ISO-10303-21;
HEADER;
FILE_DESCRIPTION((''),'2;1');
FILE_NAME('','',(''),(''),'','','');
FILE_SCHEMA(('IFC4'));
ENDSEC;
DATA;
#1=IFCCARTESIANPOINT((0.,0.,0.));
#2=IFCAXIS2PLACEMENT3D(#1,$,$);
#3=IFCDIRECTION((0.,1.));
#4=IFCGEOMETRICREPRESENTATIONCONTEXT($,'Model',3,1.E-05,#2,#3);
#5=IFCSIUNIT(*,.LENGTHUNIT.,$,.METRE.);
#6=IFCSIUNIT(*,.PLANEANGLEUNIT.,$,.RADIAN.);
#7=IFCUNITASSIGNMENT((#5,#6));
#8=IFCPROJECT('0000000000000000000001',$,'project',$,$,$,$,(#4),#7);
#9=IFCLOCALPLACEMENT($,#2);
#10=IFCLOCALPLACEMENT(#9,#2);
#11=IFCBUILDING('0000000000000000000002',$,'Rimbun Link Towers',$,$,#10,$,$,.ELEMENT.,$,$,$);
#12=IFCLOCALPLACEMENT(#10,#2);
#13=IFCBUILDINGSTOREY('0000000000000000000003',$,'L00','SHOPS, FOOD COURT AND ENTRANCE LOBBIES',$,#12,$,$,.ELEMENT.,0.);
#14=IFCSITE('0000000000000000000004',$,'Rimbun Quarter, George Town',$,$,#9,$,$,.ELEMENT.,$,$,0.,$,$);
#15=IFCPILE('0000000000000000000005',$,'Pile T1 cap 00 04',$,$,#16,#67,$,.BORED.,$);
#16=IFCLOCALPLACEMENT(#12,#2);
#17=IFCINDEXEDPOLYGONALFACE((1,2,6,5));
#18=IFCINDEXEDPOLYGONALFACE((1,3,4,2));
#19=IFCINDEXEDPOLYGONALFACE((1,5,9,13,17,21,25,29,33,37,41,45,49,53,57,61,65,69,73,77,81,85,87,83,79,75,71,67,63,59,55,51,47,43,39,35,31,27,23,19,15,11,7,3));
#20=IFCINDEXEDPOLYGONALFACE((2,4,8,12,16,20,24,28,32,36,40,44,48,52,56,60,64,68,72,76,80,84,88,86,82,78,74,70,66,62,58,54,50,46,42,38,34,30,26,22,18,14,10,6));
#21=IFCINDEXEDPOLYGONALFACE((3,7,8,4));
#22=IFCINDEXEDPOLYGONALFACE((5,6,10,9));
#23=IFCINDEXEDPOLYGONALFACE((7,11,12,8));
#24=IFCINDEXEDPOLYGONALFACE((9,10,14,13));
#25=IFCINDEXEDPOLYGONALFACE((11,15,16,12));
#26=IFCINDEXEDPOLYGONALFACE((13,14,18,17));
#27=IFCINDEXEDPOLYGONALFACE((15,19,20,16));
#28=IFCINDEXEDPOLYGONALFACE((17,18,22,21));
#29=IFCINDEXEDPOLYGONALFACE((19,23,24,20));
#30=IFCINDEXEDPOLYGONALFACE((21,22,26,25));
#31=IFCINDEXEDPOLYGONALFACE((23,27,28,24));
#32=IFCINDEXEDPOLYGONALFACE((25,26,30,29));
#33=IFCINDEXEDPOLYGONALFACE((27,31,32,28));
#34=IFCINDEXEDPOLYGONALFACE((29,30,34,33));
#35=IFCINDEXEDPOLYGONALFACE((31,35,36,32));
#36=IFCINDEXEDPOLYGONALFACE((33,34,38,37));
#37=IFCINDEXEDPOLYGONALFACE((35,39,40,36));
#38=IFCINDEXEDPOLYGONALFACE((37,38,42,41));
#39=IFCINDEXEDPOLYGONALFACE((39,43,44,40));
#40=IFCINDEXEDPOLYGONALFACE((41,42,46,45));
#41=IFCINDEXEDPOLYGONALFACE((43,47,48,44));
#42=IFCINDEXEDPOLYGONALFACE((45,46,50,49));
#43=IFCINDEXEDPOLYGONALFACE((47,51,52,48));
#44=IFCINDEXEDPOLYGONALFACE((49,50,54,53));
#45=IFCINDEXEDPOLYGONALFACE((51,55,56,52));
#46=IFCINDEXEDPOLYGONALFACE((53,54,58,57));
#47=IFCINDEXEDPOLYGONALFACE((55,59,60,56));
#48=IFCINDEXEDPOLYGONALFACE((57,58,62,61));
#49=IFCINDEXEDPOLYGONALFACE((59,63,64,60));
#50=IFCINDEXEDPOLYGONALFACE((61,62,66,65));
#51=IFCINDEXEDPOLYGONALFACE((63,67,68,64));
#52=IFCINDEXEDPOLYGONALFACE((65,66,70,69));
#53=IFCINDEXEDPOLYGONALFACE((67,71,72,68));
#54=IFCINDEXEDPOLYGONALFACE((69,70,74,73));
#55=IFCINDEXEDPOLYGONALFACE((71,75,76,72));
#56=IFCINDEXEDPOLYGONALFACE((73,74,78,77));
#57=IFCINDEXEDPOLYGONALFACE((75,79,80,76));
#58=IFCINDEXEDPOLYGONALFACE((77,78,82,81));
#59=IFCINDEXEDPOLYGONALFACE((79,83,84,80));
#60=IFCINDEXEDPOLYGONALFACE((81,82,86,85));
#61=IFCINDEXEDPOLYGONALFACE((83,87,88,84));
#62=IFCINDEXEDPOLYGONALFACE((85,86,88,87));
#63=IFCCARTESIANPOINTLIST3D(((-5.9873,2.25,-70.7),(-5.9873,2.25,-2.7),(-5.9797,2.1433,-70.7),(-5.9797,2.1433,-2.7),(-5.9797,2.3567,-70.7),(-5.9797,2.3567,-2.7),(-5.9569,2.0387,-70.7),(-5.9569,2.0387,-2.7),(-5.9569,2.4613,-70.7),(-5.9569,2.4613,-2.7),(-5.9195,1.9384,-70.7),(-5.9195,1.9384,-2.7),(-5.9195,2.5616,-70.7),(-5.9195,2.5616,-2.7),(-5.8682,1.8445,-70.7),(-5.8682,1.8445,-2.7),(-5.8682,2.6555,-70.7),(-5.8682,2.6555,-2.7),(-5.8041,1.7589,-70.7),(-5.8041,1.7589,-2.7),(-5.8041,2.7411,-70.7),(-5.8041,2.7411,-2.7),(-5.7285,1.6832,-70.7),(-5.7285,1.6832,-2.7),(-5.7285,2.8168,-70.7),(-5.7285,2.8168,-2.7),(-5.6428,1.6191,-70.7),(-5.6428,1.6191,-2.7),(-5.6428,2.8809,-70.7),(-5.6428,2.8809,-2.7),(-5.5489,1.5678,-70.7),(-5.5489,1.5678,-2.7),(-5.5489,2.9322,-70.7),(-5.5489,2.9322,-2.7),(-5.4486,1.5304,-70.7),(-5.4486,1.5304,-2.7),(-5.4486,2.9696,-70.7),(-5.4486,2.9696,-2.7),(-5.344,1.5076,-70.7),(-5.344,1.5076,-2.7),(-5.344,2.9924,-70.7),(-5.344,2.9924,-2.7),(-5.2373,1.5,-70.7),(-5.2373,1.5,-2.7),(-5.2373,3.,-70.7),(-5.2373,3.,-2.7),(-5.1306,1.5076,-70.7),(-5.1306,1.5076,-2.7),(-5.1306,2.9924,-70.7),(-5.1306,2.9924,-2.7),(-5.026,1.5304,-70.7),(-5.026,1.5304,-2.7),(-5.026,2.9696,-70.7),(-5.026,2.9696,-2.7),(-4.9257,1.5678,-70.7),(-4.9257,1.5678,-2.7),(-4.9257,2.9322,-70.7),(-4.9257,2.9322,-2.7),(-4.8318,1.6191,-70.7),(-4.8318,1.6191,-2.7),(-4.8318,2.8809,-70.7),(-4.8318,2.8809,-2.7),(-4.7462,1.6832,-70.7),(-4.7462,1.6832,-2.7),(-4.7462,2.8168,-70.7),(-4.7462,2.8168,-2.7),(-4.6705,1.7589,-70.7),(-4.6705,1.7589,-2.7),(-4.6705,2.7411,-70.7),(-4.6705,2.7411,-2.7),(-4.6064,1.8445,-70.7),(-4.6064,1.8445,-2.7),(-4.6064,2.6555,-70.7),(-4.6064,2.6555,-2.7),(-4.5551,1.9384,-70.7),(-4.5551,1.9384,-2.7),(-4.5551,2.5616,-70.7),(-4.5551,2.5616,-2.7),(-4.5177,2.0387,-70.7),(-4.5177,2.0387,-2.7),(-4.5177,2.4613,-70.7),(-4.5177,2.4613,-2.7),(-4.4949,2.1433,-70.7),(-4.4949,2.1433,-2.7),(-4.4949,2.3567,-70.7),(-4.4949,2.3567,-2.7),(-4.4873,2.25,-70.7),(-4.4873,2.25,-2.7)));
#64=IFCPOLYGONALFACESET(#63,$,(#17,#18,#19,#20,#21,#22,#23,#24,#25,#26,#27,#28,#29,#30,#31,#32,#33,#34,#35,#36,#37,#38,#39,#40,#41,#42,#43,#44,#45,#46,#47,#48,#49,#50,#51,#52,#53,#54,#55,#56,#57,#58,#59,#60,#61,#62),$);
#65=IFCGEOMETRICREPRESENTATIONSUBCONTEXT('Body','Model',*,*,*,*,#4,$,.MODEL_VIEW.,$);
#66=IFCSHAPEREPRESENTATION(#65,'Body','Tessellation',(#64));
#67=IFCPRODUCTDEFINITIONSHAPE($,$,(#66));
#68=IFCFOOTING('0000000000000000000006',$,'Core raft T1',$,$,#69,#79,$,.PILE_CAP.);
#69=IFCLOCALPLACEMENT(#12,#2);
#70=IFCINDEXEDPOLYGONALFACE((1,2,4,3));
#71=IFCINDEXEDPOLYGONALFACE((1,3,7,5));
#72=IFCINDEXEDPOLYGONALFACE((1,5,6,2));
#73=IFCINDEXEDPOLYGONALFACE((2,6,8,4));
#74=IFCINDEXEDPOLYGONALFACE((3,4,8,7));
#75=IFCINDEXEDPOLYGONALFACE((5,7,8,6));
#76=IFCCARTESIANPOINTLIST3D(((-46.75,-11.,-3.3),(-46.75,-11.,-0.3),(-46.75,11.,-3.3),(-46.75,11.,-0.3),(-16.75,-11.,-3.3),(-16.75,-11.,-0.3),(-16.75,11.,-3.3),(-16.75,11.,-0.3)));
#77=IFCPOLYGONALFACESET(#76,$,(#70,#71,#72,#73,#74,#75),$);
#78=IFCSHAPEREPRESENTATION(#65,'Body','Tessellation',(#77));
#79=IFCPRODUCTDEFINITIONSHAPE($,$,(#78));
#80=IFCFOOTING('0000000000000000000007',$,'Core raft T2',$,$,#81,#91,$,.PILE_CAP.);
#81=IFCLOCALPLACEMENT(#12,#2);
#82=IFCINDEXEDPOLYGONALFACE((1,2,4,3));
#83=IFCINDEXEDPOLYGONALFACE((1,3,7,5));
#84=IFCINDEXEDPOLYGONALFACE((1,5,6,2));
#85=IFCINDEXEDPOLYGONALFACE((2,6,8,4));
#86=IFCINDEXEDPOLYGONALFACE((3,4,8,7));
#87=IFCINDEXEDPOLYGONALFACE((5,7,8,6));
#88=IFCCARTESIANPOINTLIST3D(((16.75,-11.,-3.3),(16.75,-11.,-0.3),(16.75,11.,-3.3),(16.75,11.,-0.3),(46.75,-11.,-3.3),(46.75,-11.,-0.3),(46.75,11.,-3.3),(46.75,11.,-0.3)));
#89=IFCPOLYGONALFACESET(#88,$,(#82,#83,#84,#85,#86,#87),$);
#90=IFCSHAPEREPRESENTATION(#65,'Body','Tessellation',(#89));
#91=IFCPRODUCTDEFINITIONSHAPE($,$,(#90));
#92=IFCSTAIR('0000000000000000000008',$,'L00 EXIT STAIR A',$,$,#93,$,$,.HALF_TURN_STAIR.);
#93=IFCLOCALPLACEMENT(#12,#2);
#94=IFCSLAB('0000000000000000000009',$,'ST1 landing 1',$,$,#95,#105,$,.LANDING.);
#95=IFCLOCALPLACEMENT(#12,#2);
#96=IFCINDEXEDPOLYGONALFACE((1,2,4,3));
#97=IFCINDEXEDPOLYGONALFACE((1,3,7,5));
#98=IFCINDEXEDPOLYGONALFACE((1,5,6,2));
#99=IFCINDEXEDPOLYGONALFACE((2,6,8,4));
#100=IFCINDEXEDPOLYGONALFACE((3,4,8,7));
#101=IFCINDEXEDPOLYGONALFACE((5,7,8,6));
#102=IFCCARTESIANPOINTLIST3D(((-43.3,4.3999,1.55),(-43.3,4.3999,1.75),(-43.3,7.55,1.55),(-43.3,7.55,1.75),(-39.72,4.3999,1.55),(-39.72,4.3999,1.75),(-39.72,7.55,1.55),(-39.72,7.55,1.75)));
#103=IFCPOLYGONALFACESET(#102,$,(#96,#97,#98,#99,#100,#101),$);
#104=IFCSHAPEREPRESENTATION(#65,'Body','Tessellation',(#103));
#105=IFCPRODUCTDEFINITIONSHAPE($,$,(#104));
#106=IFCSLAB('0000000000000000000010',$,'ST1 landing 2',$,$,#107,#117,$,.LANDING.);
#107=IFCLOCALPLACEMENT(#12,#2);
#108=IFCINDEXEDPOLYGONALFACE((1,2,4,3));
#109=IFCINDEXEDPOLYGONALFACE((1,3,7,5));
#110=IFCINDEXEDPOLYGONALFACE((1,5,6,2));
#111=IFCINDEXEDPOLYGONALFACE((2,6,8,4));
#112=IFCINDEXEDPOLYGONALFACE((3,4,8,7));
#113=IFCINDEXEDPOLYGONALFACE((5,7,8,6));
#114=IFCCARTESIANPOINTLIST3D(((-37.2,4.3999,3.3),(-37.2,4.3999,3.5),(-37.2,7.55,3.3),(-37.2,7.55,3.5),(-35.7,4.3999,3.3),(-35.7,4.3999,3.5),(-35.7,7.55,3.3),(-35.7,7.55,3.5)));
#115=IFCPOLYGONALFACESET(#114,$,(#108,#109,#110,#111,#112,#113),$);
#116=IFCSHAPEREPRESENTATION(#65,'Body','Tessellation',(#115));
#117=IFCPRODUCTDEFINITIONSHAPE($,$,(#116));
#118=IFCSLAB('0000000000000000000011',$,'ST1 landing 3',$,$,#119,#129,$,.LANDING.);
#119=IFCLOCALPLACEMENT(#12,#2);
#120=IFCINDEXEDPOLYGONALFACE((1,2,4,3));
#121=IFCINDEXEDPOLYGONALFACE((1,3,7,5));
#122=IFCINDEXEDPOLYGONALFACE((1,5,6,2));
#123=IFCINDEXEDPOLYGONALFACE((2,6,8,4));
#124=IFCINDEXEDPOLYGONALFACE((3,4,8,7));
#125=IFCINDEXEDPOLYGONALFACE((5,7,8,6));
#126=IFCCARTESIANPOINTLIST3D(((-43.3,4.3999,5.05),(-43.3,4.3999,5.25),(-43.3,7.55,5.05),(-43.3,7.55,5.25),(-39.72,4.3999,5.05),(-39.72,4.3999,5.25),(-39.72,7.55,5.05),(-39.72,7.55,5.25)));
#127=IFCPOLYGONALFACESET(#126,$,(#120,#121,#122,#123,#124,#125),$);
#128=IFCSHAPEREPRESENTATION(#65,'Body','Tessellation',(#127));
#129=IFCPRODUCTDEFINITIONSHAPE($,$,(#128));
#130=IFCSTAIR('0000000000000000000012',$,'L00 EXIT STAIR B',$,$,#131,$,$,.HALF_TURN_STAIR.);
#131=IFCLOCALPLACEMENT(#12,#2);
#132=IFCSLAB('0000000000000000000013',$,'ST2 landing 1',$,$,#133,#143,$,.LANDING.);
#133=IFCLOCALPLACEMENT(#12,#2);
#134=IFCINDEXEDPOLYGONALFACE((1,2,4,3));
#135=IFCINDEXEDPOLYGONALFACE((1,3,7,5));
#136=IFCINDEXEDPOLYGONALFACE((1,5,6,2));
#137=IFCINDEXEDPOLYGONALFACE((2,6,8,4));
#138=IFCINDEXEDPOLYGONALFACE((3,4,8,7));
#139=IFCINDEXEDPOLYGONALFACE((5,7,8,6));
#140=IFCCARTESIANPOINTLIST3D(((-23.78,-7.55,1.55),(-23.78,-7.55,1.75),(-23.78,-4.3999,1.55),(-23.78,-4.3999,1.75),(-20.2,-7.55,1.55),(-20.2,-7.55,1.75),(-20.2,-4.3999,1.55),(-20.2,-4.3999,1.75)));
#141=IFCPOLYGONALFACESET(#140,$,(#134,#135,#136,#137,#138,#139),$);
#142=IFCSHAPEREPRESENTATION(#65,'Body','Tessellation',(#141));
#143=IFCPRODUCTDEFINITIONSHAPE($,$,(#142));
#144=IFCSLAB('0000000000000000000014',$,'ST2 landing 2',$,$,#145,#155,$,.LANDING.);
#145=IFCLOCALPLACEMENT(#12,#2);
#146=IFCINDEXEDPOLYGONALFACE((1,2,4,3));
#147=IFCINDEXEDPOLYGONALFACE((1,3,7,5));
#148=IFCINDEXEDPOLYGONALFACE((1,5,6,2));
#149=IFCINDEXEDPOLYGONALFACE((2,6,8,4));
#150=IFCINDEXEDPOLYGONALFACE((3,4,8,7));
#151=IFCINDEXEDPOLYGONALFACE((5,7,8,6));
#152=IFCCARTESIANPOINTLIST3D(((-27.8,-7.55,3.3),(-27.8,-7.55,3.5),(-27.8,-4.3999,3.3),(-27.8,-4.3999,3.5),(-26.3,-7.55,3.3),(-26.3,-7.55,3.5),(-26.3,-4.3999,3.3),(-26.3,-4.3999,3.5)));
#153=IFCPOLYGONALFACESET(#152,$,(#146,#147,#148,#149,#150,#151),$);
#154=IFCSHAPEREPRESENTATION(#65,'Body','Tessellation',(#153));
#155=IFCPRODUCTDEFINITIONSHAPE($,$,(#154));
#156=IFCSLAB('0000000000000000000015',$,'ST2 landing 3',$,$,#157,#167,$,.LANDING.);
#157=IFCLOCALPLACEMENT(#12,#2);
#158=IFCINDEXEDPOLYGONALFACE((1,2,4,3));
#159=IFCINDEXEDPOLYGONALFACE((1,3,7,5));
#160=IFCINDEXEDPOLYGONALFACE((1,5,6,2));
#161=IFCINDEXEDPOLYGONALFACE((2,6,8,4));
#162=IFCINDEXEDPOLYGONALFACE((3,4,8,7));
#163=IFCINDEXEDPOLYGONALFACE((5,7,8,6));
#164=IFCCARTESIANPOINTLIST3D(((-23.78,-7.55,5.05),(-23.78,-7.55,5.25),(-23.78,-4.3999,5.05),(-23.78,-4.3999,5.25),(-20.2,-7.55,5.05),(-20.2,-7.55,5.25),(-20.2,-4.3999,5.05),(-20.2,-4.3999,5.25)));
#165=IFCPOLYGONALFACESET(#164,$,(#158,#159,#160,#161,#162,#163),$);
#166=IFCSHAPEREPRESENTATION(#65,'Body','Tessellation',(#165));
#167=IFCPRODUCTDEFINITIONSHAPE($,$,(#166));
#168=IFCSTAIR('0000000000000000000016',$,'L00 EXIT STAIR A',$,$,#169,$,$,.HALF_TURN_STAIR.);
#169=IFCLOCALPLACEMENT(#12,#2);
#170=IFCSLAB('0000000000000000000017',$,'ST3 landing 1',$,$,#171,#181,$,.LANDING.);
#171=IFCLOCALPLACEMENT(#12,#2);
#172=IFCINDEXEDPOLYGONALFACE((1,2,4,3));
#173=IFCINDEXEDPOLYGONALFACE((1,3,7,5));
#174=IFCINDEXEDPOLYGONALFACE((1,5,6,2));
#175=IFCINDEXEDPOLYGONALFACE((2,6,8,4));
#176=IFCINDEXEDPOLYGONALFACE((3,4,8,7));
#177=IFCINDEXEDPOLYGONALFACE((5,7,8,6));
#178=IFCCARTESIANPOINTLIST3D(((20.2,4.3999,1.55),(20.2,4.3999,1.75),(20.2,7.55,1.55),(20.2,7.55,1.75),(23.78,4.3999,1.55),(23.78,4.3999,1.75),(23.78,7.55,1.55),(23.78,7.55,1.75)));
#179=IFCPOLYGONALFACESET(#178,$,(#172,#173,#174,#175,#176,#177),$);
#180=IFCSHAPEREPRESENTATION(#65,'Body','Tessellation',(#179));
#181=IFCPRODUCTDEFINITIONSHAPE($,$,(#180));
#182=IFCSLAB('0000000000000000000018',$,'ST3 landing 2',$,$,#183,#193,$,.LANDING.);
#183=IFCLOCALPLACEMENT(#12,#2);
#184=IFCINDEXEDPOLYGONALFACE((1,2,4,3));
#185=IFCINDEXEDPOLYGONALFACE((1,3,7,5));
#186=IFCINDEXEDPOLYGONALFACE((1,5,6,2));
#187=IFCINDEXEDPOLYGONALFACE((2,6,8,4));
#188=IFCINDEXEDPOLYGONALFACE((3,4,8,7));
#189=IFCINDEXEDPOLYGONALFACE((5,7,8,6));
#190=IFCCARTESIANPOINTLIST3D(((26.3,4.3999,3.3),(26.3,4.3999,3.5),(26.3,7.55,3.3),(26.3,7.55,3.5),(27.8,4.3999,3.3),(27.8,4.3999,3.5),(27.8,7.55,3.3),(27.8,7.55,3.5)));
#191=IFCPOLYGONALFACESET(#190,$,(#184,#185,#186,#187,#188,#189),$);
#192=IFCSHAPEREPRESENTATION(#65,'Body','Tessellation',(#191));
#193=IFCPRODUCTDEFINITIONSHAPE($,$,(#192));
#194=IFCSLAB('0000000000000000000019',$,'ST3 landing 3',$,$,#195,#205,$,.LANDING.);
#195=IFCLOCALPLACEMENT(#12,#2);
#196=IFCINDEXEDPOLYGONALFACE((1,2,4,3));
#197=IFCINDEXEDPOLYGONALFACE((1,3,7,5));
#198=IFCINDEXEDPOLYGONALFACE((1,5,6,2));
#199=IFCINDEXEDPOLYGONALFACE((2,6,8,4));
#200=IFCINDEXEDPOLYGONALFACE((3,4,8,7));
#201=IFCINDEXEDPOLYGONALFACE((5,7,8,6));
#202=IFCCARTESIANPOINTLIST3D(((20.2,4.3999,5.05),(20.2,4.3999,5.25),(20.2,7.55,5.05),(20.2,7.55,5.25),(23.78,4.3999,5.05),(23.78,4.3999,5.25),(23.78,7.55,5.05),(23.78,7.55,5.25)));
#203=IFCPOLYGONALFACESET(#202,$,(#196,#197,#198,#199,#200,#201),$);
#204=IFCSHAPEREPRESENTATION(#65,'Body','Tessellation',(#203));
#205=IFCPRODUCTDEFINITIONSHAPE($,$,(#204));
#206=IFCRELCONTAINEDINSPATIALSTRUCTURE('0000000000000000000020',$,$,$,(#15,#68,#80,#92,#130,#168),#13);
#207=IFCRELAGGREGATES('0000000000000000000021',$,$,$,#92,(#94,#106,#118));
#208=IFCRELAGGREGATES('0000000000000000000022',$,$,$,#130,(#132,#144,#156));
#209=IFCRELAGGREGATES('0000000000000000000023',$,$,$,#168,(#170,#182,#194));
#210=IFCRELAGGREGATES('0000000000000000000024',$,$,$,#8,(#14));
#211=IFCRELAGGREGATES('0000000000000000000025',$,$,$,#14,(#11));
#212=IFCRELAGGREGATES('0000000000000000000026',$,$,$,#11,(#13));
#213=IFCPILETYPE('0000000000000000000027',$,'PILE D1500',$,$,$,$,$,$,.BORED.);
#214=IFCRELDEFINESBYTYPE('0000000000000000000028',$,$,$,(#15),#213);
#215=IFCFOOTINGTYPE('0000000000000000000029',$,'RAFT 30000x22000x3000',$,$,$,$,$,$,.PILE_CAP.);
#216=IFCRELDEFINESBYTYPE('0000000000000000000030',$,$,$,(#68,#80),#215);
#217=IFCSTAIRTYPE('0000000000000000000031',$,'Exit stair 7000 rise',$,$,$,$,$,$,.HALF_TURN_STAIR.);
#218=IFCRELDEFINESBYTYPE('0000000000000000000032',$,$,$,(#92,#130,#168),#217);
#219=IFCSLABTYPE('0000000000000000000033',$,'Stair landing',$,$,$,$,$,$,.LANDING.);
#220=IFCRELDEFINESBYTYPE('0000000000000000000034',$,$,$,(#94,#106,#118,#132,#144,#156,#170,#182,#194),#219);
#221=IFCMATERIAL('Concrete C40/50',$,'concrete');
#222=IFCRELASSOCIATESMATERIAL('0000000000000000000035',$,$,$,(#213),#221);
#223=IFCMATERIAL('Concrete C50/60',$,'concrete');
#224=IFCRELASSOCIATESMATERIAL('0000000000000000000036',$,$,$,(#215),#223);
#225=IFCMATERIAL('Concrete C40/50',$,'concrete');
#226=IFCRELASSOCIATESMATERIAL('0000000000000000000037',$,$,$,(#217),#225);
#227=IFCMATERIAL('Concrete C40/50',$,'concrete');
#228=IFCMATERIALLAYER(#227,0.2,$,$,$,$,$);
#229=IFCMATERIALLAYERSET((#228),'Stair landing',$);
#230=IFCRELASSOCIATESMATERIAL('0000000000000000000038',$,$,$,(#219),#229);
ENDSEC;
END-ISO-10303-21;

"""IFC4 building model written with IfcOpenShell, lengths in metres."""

from ifc_helpers import new_model, si_unit, direction, frame, origin, origin_2d, place, context, subcontext, project, spatial, polyline, circle, outline, extrude, material, layer, layer_set, material_profile, profile_set, type_object, element, aggregate, save


model = new_model("IFC4")

# Units and contexts
model_context = context("Model", 3, precision=1e-05, world=origin(), true_north=direction((0.0, 1.0)))
body_context = subcontext(model_context, "Body", "Model", "MODEL_VIEW")
ifc_project = project(units=[si_unit("LENGTHUNIT", "METRE"), si_unit("PLANEANGLEUNIT", "RADIAN")], contexts=[model_context])

# Site, building, storey
site_placement = place(None, origin())
site = spatial("IfcSite", under=ifc_project, at=site_placement, Name="Rimbun Quarter, George Town", CompositionType="ELEMENT", RefElevation=0.0)
building_placement = place(site_placement, origin())
building = spatial("IfcBuilding", under=site, at=building_placement, Name="Rimbun Link Towers", CompositionType="ELEMENT")
storey_placement = place(building_placement, origin())
storey = spatial("IfcBuildingStorey", under=building, at=storey_placement, Name="L00", Description="SHOPS, FOOD COURT AND ENTRANCE LOBBIES", CompositionType="ELEMENT", Elevation=0.0)

# Pile
ifc_material_1 = material(Name="Concrete C40/50", Category="concrete")
ifc_material_profile = material_profile(ifc_material_1, circle(Radius=0.75, at=origin_2d()), Name="PILE D1500")
ifc_profile_set = profile_set([ifc_material_profile], Name="Concrete C40/50")
pile_type = type_object("IfcPileType", Name="PILE D1500", PredefinedType="BORED", material=ifc_profile_set)
pile_placement = place(storey_placement, frame((-5.2373, 2.25, -2.7), z_axis=(0.0, 0.0, -1.0), x_axis=(1.0, 0.0, 0.0)))
element("IfcPile", 1, at=pile_placement, inside=storey, type_object=pile_type, Name="Pile T1 cap 00 04", PredefinedType="BORED", context=body_context, shape_type="SweptSolid", body=[
    extrude(circle(Radius=0.75, at=origin_2d()), origin(), (0.0, 0.0, 1.0), 68.0),
])

# Footings
ifc_material_2 = material(Name="Concrete C50/60", Category="concrete")
footing_type = type_object("IfcFootingType", Name="RAFT 30000x22000x3000", PredefinedType="PILE_CAP", material=ifc_material_2)
footing_1_placement = place(storey_placement, frame((0.0, 0.0, -3.3)))
element("IfcFooting", 2, at=footing_1_placement, inside=storey, type_object=footing_type, Name="Core raft T1", PredefinedType="PILE_CAP", context=body_context, shape_type="SweptSolid", body=[
    extrude(outline(polyline([(-46.75, -11.0), (-16.75, -11.0), (-16.75, 11.0), (-46.75, 11.0), (-46.75, -11.0)])), origin(), (0.0, 0.0, 1.0), 3.0),
])
footing_2_placement = place(storey_placement, frame((0.0, 0.0, -3.3)))
element("IfcFooting", 3, at=footing_2_placement, inside=storey, type_object=footing_type, Name="Core raft T2", PredefinedType="PILE_CAP", context=body_context, shape_type="SweptSolid", body=[
    extrude(outline(polyline([(16.75, -11.0), (46.75, -11.0), (46.75, 11.0), (16.75, 11.0), (16.75, -11.0)])), origin(), (0.0, 0.0, 1.0), 3.0),
])

# Stairs, slabs
ifc_material_3 = material(Name="Concrete C40/50", Category="concrete")
stair_type_1 = type_object("IfcStairType", Name="Exit stair 7000 rise", PredefinedType="HALF_TURN_STAIR", material=ifc_material_3)
stair_1_placement = place(storey_placement, origin())
stair_1 = element("IfcStair", 4, at=stair_1_placement, inside=storey, type_object=stair_type_1, Name="L00 EXIT STAIR A", PredefinedType="HALF_TURN_STAIR")
ifc_material_4 = material(Name="Concrete C40/50", Category="concrete")
ifc_layer_1 = layer(ifc_material_4, 0.2)
ifc_layer_set_1 = layer_set([ifc_layer_1], Name="Stair landing")
slab_type_1 = type_object("IfcSlabType", Name="Stair landing", PredefinedType="LANDING", material=ifc_layer_set_1)
slab_1_placement = place(storey_placement, frame((0.0, 0.0, 1.55)))
slab_1 = element("IfcSlab", 5, at=slab_1_placement, type_object=slab_type_1, Name="ST1 landing 1", PredefinedType="LANDING", context=body_context, shape_type="SweptSolid", body=[
    extrude(outline(polyline([(-39.72, 7.55), (-43.3, 7.55), (-43.3, 4.3999), (-39.72, 4.3999), (-39.72, 7.55)])), origin(), (0.0, 0.0, 1.0), 0.2),
])
slab_2_placement = place(storey_placement, frame((0.0, 0.0, 3.3)))
slab_2 = element("IfcSlab", 6, at=slab_2_placement, type_object=slab_type_1, Name="ST1 landing 2", PredefinedType="LANDING", context=body_context, shape_type="SweptSolid", body=[
    extrude(outline(polyline([(-35.7, 7.55), (-37.2, 7.55), (-37.2, 4.3999), (-35.7, 4.3999), (-35.7, 7.55)])), origin(), (0.0, 0.0, 1.0), 0.2),
])
slab_3_placement = place(storey_placement, frame((0.0, 0.0, 5.05)))
slab_3 = element("IfcSlab", 7, at=slab_3_placement, type_object=slab_type_1, Name="ST1 landing 3", PredefinedType="LANDING", context=body_context, shape_type="SweptSolid", body=[
    extrude(outline(polyline([(-39.72, 7.55), (-43.3, 7.55), (-43.3, 4.3999), (-39.72, 4.3999), (-39.72, 7.55)])), origin(), (0.0, 0.0, 1.0), 0.2),
])
aggregate(stair_1, [slab_1, slab_2, slab_3])
stair_2_placement = place(storey_placement, origin())
stair_2 = element("IfcStair", 8, at=stair_2_placement, inside=storey, type_object=stair_type_1, Name="L00 EXIT STAIR B", PredefinedType="HALF_TURN_STAIR")
slab_4_placement = place(storey_placement, frame((0.0, 0.0, 1.55)))
slab_4 = element("IfcSlab", 9, at=slab_4_placement, type_object=slab_type_1, Name="ST2 landing 1", PredefinedType="LANDING", context=body_context, shape_type="SweptSolid", body=[
    extrude(outline(polyline([(-23.78, -7.55), (-20.2, -7.55), (-20.2, -4.3999), (-23.78, -4.3999), (-23.78, -7.55)])), origin(), (0.0, 0.0, 1.0), 0.2),
])
slab_5_placement = place(storey_placement, frame((0.0, 0.0, 3.3)))
slab_5 = element("IfcSlab", 10, at=slab_5_placement, type_object=slab_type_1, Name="ST2 landing 2", PredefinedType="LANDING", context=body_context, shape_type="SweptSolid", body=[
    extrude(outline(polyline([(-27.8, -7.55), (-26.3, -7.55), (-26.3, -4.3999), (-27.8, -4.3999), (-27.8, -7.55)])), origin(), (0.0, 0.0, 1.0), 0.2),
])
slab_6_placement = place(storey_placement, frame((0.0, 0.0, 5.05)))
slab_6 = element("IfcSlab", 11, at=slab_6_placement, type_object=slab_type_1, Name="ST2 landing 3", PredefinedType="LANDING", context=body_context, shape_type="SweptSolid", body=[
    extrude(outline(polyline([(-23.78, -7.55), (-20.2, -7.55), (-20.2, -4.3999), (-23.78, -4.3999), (-23.78, -7.55)])), origin(), (0.0, 0.0, 1.0), 0.2),
])
aggregate(stair_2, [slab_4, slab_5, slab_6])
stair_3_placement = place(storey_placement, origin())
stair_3 = element("IfcStair", 12, at=stair_3_placement, inside=storey, type_object=stair_type_1, Name="L00 EXIT STAIR A", PredefinedType="HALF_TURN_STAIR")
slab_7_placement = place(storey_placement, frame((0.0, 0.0, 1.55)))
slab_7 = element("IfcSlab", 13, at=slab_7_placement, type_object=slab_type_1, Name="ST3 landing 1", PredefinedType="LANDING", context=body_context, shape_type="SweptSolid", body=[
    extrude(outline(polyline([(23.78, 7.55), (20.2, 7.55), (20.2, 4.3999), (23.78, 4.3999), (23.78, 7.55)])), origin(), (0.0, 0.0, 1.0), 0.2),
])
slab_8_placement = place(storey_placement, frame((0.0, 0.0, 3.3)))
slab_8 = element("IfcSlab", 14, at=slab_8_placement, type_object=slab_type_1, Name="ST3 landing 2", PredefinedType="LANDING", context=body_context, shape_type="SweptSolid", body=[
    extrude(outline(polyline([(27.8, 7.55), (26.3, 7.55), (26.3, 4.3999), (27.8, 4.3999), (27.8, 7.55)])), origin(), (0.0, 0.0, 1.0), 0.2),
])
slab_9_placement = place(storey_placement, frame((0.0, 0.0, 5.05)))
slab_9 = element("IfcSlab", 15, at=slab_9_placement, type_object=slab_type_1, Name="ST3 landing 3", PredefinedType="LANDING", context=body_context, shape_type="SweptSolid", body=[
    extrude(outline(polyline([(23.78, 7.55), (20.2, 7.55), (20.2, 4.3999), (23.78, 4.3999), (23.78, 7.55)])), origin(), (0.0, 0.0, 1.0), 0.2),
])
aggregate(stair_3, [slab_7, slab_8, slab_9])

save(model, "model.ifc")
